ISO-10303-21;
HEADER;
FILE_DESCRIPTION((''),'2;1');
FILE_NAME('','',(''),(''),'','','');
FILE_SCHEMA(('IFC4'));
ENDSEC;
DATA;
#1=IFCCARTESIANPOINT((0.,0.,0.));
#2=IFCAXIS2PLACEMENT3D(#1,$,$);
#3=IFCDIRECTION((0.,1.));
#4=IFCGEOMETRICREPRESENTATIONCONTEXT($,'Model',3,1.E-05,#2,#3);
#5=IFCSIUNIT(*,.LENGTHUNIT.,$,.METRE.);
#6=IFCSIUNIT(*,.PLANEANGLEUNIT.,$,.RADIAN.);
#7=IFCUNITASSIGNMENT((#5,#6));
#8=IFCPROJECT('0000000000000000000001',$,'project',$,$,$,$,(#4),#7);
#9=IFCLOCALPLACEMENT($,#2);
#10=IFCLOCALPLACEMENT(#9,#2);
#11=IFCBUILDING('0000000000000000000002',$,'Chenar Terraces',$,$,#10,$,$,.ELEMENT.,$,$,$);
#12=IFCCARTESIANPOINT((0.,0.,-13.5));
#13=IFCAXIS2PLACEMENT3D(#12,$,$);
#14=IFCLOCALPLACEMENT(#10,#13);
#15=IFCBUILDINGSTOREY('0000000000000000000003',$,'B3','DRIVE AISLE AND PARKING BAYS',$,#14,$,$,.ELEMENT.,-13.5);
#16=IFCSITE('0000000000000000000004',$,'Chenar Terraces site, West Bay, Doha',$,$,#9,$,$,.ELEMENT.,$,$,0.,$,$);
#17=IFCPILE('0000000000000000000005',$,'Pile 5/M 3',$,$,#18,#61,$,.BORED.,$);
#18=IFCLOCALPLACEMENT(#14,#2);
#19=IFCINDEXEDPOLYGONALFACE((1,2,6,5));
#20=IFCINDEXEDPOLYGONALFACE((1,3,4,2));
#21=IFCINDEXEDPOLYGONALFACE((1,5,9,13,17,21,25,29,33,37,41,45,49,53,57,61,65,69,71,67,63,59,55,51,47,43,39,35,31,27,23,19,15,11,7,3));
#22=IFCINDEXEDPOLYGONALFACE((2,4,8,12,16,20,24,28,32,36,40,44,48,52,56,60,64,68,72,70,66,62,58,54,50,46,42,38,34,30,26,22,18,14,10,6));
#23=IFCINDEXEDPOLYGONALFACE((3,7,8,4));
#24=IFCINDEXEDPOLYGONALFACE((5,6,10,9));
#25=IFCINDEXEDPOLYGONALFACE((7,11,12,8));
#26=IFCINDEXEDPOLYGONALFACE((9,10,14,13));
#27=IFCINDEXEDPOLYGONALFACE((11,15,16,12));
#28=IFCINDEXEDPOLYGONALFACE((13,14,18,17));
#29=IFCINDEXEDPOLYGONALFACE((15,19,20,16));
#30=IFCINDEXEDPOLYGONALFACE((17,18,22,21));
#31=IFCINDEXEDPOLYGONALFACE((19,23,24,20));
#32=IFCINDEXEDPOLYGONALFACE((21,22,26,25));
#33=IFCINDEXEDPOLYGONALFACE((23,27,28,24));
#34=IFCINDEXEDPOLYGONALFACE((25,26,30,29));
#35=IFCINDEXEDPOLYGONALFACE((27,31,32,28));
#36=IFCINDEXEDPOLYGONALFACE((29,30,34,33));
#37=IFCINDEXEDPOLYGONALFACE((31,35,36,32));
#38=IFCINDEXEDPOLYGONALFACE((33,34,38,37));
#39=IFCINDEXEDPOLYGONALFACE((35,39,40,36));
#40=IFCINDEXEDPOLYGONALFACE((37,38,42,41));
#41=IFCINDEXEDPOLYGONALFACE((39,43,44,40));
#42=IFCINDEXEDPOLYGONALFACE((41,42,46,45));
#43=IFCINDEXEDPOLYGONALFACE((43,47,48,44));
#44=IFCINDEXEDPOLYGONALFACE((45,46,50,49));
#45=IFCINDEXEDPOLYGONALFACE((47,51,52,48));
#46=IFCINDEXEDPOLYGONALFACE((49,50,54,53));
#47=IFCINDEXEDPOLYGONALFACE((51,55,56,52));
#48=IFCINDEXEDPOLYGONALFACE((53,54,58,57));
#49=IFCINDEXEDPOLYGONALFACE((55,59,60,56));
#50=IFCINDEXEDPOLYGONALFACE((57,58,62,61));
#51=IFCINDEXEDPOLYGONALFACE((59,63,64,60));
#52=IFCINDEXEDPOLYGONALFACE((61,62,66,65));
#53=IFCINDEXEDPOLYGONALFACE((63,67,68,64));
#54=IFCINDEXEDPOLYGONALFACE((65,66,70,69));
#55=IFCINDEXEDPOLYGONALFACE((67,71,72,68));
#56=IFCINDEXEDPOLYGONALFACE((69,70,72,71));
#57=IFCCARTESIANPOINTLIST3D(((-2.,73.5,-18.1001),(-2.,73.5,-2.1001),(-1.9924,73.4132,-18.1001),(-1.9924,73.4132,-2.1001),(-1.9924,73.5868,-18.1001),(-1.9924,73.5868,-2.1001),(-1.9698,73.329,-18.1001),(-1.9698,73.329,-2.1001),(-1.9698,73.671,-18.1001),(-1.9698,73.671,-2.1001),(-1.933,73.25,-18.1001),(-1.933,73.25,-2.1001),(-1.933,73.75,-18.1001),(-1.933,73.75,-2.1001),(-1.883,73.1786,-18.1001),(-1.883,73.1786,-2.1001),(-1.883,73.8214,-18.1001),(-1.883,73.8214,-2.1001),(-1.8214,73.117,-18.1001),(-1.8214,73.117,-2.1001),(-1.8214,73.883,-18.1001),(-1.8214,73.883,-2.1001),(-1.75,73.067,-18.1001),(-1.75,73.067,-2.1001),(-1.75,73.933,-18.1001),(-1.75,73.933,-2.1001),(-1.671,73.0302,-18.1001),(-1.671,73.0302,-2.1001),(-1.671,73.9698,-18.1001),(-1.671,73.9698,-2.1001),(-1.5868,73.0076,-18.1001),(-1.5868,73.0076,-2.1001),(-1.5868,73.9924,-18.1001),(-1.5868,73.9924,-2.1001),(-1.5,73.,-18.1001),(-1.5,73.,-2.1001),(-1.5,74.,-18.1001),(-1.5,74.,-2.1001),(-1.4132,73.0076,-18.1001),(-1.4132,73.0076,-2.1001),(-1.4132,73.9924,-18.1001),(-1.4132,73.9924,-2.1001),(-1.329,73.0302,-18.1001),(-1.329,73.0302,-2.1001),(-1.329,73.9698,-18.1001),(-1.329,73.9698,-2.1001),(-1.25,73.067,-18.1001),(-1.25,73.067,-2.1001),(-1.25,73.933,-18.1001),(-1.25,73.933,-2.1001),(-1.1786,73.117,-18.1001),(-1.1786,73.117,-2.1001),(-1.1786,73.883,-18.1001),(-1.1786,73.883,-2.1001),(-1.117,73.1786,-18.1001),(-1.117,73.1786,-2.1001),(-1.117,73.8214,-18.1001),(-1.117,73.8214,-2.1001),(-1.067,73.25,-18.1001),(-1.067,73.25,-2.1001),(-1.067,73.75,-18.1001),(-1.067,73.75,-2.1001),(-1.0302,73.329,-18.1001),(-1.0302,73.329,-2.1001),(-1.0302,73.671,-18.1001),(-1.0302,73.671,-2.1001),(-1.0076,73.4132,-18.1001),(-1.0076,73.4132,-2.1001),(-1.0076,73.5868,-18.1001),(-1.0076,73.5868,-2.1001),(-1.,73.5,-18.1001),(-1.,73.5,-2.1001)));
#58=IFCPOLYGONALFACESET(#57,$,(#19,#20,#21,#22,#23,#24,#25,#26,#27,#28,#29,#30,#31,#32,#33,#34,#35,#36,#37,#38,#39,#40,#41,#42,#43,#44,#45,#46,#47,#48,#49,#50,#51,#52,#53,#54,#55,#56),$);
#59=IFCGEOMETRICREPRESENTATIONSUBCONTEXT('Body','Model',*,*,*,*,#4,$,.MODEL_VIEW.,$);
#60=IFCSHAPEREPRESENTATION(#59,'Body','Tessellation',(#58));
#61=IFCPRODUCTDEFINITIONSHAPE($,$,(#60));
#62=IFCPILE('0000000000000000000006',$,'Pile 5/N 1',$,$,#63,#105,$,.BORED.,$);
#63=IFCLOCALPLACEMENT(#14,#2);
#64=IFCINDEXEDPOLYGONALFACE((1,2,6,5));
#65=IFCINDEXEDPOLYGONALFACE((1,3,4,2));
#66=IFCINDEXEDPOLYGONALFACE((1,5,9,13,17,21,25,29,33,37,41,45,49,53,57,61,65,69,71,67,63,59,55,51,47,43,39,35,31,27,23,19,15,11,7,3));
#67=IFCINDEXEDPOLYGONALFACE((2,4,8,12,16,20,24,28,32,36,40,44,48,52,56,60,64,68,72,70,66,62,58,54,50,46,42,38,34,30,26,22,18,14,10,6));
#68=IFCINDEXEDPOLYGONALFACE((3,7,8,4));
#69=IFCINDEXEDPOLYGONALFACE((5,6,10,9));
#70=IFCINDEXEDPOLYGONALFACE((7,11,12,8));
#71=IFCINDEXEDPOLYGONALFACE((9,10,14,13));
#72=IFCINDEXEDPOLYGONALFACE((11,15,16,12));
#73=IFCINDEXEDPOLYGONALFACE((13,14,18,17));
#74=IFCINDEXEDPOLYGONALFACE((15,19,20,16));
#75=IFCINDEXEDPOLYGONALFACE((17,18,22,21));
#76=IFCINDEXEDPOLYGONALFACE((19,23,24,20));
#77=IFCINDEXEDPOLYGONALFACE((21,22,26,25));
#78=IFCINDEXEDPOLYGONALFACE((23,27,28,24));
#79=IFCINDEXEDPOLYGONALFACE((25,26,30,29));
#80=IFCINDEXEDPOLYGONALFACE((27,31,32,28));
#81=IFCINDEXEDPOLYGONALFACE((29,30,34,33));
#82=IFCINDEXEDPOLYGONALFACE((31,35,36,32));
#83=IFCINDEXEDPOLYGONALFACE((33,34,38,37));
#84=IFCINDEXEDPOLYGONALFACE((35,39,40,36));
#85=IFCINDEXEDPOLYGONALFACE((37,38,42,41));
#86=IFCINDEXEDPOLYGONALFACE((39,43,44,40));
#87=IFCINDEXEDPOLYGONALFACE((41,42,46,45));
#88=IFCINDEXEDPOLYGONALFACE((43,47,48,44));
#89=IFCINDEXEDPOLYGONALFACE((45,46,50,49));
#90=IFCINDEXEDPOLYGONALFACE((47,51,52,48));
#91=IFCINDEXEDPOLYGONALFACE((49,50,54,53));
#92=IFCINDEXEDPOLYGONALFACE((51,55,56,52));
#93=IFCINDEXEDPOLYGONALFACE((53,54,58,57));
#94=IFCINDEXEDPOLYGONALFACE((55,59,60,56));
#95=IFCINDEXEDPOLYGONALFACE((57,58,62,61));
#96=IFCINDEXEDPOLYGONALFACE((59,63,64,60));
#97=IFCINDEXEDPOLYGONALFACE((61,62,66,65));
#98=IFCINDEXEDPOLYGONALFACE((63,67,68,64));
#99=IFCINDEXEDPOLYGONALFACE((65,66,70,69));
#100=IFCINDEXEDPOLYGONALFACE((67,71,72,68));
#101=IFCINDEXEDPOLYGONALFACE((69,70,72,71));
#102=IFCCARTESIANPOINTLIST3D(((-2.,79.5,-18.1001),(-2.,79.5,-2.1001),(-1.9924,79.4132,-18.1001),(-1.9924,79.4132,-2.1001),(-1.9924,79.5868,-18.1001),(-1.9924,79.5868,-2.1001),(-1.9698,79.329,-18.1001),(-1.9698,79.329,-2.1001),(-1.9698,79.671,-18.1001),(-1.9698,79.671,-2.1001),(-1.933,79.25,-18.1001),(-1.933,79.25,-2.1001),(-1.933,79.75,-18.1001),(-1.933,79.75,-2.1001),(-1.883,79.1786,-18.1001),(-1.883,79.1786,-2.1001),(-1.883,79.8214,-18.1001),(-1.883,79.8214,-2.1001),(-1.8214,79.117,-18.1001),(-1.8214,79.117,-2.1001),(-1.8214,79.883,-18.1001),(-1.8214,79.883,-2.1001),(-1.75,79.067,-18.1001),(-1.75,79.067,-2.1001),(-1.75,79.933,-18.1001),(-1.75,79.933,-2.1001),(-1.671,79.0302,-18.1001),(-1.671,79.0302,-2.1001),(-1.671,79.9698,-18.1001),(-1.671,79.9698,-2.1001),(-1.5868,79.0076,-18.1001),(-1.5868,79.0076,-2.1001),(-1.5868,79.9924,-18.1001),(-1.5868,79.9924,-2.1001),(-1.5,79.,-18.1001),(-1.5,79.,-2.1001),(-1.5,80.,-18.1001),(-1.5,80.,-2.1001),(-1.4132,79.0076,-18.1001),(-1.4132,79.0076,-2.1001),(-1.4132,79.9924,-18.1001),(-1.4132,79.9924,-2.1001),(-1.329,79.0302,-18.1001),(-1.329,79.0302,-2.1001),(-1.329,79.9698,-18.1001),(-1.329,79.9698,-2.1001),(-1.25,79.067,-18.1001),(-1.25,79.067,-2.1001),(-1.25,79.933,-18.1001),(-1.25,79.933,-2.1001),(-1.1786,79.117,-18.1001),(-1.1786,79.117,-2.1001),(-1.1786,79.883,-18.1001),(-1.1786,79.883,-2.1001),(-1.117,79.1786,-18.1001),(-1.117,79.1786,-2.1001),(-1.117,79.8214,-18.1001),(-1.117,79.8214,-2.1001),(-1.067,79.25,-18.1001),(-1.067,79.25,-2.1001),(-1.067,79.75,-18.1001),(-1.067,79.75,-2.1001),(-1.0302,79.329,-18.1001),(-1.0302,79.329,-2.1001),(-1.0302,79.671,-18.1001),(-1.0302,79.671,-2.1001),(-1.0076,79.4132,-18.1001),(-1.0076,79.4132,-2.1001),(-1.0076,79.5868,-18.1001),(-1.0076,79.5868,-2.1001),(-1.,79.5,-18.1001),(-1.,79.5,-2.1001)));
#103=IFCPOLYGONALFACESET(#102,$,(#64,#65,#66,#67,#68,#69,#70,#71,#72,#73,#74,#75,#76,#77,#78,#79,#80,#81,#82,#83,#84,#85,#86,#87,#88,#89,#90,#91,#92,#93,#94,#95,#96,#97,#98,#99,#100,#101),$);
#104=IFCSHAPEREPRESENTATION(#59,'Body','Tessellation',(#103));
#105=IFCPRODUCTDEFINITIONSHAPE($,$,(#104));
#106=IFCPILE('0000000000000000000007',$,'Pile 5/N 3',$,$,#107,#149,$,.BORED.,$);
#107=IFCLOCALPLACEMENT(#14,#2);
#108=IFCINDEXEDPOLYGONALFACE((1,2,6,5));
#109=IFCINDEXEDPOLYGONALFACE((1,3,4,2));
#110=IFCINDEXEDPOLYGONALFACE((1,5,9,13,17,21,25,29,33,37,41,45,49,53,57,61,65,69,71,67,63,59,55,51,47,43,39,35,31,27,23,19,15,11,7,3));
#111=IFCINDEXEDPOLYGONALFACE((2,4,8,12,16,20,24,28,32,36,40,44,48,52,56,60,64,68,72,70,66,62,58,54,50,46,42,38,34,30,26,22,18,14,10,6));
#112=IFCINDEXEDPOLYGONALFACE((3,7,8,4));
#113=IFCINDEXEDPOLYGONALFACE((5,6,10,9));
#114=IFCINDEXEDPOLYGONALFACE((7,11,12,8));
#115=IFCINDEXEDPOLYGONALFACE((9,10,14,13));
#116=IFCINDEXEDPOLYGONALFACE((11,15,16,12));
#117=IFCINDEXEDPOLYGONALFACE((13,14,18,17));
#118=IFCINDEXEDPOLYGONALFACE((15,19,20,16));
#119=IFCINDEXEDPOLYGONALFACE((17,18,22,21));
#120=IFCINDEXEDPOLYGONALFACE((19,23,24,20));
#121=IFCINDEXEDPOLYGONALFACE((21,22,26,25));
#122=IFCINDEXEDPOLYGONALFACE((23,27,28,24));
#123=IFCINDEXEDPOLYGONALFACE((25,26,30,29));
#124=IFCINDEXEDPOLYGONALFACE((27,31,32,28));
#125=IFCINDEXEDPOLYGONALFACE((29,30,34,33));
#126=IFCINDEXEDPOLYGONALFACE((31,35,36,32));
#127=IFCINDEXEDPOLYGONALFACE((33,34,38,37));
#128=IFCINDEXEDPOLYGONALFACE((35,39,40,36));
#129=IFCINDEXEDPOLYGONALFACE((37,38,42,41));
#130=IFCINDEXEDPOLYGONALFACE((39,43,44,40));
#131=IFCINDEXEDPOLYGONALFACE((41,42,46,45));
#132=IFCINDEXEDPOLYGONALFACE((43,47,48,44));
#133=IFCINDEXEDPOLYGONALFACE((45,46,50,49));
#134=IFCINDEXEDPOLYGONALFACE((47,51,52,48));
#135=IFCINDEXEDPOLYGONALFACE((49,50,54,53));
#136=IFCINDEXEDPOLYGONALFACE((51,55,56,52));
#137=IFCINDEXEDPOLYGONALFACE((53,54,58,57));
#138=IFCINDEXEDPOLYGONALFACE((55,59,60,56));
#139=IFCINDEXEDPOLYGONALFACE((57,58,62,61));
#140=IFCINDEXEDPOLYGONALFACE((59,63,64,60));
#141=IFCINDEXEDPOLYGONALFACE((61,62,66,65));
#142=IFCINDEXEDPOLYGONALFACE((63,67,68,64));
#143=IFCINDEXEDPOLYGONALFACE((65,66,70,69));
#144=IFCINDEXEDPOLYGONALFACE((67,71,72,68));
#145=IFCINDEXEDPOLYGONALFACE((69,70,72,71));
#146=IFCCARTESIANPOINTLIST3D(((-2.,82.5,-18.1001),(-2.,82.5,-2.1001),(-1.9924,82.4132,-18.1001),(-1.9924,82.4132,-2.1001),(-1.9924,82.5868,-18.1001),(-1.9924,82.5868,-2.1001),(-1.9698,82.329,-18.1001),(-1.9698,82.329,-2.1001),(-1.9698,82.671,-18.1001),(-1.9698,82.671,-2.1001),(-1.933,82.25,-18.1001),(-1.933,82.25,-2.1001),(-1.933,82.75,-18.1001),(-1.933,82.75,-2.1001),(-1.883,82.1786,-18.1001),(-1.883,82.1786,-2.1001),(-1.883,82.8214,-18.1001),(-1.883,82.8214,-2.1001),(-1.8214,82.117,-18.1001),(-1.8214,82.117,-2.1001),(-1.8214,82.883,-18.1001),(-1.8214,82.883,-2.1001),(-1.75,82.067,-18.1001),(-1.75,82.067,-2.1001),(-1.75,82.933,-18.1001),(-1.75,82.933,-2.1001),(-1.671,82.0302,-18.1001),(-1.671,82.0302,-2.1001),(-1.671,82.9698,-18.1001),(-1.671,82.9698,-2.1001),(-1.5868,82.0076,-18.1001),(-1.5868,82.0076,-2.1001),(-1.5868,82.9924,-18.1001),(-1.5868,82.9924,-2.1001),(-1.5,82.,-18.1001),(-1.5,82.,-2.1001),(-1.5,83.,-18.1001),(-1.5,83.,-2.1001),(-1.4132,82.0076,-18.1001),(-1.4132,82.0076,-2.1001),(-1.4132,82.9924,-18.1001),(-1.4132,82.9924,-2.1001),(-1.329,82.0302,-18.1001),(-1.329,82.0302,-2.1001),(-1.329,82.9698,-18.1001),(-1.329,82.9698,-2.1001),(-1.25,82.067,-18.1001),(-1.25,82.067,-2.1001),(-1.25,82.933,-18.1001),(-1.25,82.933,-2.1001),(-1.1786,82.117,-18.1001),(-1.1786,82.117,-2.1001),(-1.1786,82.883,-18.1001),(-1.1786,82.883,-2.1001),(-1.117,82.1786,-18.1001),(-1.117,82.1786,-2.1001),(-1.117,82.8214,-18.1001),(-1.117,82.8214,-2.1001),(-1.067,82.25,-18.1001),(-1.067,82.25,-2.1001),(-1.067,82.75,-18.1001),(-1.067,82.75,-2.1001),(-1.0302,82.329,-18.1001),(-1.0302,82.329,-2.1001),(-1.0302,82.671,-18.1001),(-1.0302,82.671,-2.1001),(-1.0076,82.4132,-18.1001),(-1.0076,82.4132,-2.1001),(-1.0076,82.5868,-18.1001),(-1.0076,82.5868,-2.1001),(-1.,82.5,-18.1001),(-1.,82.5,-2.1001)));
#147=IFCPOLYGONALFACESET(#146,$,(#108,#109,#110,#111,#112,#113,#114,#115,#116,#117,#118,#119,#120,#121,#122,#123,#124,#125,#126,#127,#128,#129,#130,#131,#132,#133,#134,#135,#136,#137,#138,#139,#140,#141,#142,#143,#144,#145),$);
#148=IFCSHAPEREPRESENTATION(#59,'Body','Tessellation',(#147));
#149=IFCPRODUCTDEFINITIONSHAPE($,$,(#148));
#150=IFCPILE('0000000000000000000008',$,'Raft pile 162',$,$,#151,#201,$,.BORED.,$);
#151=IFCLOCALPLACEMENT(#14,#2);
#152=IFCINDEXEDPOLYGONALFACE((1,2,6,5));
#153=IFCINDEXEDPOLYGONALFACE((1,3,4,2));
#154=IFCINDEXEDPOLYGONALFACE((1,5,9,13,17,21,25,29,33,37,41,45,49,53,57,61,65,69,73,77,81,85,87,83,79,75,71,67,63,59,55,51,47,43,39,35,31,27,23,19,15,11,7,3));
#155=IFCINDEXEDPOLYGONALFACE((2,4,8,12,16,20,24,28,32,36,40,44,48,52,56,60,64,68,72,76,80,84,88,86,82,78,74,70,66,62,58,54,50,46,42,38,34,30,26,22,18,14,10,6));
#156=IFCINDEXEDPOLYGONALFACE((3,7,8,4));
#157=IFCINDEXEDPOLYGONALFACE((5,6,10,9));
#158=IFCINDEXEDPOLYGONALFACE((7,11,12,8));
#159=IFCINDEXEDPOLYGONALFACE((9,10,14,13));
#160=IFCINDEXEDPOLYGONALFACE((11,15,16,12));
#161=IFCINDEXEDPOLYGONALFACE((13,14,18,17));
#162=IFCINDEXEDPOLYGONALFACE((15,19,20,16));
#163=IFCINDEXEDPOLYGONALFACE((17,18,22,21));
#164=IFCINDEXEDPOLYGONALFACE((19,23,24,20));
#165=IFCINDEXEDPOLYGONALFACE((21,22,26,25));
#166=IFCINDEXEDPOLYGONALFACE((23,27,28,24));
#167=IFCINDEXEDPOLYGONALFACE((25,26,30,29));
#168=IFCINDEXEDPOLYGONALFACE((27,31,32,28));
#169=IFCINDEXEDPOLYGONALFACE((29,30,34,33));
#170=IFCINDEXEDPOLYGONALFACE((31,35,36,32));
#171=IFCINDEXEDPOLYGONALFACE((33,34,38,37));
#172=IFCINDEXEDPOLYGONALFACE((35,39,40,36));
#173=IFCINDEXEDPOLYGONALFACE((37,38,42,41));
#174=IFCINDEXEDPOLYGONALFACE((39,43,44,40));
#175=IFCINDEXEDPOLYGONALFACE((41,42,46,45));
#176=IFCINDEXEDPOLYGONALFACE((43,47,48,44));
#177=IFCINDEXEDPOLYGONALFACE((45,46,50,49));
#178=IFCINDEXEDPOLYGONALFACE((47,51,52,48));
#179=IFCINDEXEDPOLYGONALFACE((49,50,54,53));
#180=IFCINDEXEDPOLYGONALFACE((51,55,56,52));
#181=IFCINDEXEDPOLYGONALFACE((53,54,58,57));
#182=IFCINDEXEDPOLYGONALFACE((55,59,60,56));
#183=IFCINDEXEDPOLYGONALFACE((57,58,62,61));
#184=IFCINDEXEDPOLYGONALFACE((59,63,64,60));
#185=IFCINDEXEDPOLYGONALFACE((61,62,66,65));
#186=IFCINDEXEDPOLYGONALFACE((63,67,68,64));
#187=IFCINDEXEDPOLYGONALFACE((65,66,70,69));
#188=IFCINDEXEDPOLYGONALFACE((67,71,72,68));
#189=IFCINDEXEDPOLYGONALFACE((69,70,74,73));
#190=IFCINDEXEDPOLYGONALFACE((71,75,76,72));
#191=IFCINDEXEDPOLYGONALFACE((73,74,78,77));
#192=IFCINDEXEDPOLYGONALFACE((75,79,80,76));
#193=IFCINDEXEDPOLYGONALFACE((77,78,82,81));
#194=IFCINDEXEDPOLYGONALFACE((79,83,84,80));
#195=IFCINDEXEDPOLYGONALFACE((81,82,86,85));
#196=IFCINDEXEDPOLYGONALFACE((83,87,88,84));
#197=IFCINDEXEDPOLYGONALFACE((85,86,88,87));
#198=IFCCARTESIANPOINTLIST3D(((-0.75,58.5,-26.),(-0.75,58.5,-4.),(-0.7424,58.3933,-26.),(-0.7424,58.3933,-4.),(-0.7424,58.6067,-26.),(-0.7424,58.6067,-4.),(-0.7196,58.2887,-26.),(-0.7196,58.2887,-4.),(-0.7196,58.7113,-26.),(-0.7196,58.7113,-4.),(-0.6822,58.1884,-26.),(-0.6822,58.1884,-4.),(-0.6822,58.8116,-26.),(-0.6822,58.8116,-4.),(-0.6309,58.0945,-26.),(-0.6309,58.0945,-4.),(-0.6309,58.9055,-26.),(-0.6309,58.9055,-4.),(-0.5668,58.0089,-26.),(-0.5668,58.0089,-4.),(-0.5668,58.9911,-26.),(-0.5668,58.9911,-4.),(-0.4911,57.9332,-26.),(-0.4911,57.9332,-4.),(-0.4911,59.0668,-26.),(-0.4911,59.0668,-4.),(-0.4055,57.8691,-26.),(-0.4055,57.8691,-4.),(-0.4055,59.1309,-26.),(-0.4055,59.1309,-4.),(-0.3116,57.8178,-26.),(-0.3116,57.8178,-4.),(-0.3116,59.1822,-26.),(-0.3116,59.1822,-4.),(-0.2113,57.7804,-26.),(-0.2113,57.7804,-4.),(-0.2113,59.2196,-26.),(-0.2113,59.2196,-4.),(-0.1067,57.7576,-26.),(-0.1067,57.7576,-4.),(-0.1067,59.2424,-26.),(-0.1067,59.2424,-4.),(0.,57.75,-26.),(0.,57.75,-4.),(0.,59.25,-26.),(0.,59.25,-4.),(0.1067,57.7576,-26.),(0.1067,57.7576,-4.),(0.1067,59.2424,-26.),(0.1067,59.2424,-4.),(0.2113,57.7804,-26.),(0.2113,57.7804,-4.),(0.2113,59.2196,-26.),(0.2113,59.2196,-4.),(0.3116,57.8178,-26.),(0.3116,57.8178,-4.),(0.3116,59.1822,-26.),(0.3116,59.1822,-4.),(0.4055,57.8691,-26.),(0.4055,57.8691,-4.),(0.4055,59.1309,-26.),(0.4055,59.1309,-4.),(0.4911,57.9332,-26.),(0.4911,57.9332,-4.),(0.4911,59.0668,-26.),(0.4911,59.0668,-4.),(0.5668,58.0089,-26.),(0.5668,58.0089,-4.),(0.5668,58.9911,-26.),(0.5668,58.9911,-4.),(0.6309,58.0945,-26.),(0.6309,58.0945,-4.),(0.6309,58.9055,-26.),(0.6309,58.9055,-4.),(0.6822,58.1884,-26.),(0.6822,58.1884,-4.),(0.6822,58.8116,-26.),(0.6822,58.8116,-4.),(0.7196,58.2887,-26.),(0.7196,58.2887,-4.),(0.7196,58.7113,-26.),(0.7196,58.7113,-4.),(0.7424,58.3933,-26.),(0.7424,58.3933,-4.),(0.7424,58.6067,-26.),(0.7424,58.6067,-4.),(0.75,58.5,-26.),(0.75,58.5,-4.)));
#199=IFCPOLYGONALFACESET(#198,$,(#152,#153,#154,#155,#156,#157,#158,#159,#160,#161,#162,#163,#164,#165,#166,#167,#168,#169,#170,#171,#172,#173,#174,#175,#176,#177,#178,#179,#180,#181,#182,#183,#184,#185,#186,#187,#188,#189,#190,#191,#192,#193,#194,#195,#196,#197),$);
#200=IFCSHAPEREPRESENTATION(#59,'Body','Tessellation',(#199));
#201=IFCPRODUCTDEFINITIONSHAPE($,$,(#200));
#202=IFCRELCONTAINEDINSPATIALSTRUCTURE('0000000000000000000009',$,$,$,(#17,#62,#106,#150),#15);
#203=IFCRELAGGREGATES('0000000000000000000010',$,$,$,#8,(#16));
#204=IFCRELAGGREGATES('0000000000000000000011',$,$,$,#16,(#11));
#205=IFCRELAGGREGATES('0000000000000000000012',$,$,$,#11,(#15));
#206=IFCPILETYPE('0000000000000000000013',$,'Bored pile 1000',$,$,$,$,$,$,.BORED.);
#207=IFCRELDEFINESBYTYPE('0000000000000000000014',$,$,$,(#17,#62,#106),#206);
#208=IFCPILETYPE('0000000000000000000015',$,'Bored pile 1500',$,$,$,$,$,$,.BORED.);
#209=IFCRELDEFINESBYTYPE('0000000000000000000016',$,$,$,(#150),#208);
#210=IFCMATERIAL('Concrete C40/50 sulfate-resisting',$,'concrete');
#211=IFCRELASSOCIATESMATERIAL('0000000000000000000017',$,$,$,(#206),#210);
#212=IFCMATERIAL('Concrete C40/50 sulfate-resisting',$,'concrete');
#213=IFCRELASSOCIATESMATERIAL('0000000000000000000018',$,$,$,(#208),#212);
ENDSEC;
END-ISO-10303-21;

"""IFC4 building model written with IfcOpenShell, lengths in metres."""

from ifc_helpers import new_model, si_unit, direction, frame, origin, origin_2d, place, context, subcontext, project, spatial, circle, extrude, material, material_profile, profile_set, type_object, element, save


model = new_model("IFC4")

# Units and contexts
model_context = context("Model", 3, precision=1e-05, world=origin(), true_north=direction((0.0, 1.0)))
body_context = subcontext(model_context, "Body", "Model", "MODEL_VIEW")
ifc_project = project(units=[si_unit("LENGTHUNIT", "METRE"), si_unit("PLANEANGLEUNIT", "RADIAN")], contexts=[model_context])

# Site, building, storey
site_placement = place(None, origin())
site = spatial("IfcSite", under=ifc_project, at=site_placement, Name="Chenar Terraces site, West Bay, Doha", CompositionType="ELEMENT", RefElevation=0.0)
building_placement = place(site_placement, origin())
building = spatial("IfcBuilding", under=site, at=building_placement, Name="Chenar Terraces", CompositionType="ELEMENT")
storey_placement = place(building_placement, frame((0.0, 0.0, -13.5)))
storey = spatial("IfcBuildingStorey", under=building, at=storey_placement, Name="B3", Description="DRIVE AISLE AND PARKING BAYS", CompositionType="ELEMENT", Elevation=-13.5)

# Piles
ifc_material_1 = material(Name="Concrete C40/50 sulfate-resisting", Category="concrete")
ifc_material_profile_1 = material_profile(ifc_material_1, circle(Radius=0.5, at=origin_2d()), Name="BP 1000")
ifc_profile_set_1 = profile_set([ifc_material_profile_1], Name="Concrete C40/50 sulfate-resisting")
pile_type_1 = type_object("IfcPileType", Name="Bored pile 1000", PredefinedType="BORED", material=ifc_profile_set_1)
for number, where, z_axis, x_axis, name in (
    (1, (-1.5, 73.5, -2.1001), (0.0, 0.0, -1.0), (1.0, 0.0, 0.0), "Pile 5/M 3"),
    (2, (-1.5, 79.5, -2.1001), (0.0, 0.0, -1.0), (1.0, 0.0, 0.0), "Pile 5/N 1"),
    (3, (-1.5, 82.5, -2.1001), (0.0, 0.0, -1.0), (1.0, 0.0, 0.0), "Pile 5/N 3"),
):
    element("IfcPile", number, at=place(storey_placement, frame(where, z_axis=z_axis, x_axis=x_axis)), inside=storey, type_object=pile_type_1, Name=name, PredefinedType="BORED", context=body_context, shape_type="SweptSolid", body=[
        extrude(circle(Radius=0.5, at=origin_2d()), origin(), (0.0, 0.0, 1.0), 16.0),
    ])
ifc_material_2 = material(Name="Concrete C40/50 sulfate-resisting", Category="concrete")
ifc_material_profile_2 = material_profile(ifc_material_2, circle(Radius=0.75, at=origin_2d()), Name="BP 1500")
ifc_profile_set_2 = profile_set([ifc_material_profile_2], Name="Concrete C40/50 sulfate-resisting")
pile_type_2 = type_object("IfcPileType", Name="Bored pile 1500", PredefinedType="BORED", material=ifc_profile_set_2)
for number, where, z_axis, x_axis, name in (
    (4, (0.0, 58.5, -4.0), (0.0, 0.0, -1.0), (1.0, 0.0, 0.0), "Raft pile 162"),
):
    element("IfcPile", number, at=place(storey_placement, frame(where, z_axis=z_axis, x_axis=x_axis)), inside=storey, type_object=pile_type_2, Name=name, PredefinedType="BORED", context=body_context, shape_type="SweptSolid", body=[
        extrude(circle(Radius=0.75, at=origin_2d()), origin(), (0.0, 0.0, 1.0), 22.0),
    ])

save(model, "model.ifc")
